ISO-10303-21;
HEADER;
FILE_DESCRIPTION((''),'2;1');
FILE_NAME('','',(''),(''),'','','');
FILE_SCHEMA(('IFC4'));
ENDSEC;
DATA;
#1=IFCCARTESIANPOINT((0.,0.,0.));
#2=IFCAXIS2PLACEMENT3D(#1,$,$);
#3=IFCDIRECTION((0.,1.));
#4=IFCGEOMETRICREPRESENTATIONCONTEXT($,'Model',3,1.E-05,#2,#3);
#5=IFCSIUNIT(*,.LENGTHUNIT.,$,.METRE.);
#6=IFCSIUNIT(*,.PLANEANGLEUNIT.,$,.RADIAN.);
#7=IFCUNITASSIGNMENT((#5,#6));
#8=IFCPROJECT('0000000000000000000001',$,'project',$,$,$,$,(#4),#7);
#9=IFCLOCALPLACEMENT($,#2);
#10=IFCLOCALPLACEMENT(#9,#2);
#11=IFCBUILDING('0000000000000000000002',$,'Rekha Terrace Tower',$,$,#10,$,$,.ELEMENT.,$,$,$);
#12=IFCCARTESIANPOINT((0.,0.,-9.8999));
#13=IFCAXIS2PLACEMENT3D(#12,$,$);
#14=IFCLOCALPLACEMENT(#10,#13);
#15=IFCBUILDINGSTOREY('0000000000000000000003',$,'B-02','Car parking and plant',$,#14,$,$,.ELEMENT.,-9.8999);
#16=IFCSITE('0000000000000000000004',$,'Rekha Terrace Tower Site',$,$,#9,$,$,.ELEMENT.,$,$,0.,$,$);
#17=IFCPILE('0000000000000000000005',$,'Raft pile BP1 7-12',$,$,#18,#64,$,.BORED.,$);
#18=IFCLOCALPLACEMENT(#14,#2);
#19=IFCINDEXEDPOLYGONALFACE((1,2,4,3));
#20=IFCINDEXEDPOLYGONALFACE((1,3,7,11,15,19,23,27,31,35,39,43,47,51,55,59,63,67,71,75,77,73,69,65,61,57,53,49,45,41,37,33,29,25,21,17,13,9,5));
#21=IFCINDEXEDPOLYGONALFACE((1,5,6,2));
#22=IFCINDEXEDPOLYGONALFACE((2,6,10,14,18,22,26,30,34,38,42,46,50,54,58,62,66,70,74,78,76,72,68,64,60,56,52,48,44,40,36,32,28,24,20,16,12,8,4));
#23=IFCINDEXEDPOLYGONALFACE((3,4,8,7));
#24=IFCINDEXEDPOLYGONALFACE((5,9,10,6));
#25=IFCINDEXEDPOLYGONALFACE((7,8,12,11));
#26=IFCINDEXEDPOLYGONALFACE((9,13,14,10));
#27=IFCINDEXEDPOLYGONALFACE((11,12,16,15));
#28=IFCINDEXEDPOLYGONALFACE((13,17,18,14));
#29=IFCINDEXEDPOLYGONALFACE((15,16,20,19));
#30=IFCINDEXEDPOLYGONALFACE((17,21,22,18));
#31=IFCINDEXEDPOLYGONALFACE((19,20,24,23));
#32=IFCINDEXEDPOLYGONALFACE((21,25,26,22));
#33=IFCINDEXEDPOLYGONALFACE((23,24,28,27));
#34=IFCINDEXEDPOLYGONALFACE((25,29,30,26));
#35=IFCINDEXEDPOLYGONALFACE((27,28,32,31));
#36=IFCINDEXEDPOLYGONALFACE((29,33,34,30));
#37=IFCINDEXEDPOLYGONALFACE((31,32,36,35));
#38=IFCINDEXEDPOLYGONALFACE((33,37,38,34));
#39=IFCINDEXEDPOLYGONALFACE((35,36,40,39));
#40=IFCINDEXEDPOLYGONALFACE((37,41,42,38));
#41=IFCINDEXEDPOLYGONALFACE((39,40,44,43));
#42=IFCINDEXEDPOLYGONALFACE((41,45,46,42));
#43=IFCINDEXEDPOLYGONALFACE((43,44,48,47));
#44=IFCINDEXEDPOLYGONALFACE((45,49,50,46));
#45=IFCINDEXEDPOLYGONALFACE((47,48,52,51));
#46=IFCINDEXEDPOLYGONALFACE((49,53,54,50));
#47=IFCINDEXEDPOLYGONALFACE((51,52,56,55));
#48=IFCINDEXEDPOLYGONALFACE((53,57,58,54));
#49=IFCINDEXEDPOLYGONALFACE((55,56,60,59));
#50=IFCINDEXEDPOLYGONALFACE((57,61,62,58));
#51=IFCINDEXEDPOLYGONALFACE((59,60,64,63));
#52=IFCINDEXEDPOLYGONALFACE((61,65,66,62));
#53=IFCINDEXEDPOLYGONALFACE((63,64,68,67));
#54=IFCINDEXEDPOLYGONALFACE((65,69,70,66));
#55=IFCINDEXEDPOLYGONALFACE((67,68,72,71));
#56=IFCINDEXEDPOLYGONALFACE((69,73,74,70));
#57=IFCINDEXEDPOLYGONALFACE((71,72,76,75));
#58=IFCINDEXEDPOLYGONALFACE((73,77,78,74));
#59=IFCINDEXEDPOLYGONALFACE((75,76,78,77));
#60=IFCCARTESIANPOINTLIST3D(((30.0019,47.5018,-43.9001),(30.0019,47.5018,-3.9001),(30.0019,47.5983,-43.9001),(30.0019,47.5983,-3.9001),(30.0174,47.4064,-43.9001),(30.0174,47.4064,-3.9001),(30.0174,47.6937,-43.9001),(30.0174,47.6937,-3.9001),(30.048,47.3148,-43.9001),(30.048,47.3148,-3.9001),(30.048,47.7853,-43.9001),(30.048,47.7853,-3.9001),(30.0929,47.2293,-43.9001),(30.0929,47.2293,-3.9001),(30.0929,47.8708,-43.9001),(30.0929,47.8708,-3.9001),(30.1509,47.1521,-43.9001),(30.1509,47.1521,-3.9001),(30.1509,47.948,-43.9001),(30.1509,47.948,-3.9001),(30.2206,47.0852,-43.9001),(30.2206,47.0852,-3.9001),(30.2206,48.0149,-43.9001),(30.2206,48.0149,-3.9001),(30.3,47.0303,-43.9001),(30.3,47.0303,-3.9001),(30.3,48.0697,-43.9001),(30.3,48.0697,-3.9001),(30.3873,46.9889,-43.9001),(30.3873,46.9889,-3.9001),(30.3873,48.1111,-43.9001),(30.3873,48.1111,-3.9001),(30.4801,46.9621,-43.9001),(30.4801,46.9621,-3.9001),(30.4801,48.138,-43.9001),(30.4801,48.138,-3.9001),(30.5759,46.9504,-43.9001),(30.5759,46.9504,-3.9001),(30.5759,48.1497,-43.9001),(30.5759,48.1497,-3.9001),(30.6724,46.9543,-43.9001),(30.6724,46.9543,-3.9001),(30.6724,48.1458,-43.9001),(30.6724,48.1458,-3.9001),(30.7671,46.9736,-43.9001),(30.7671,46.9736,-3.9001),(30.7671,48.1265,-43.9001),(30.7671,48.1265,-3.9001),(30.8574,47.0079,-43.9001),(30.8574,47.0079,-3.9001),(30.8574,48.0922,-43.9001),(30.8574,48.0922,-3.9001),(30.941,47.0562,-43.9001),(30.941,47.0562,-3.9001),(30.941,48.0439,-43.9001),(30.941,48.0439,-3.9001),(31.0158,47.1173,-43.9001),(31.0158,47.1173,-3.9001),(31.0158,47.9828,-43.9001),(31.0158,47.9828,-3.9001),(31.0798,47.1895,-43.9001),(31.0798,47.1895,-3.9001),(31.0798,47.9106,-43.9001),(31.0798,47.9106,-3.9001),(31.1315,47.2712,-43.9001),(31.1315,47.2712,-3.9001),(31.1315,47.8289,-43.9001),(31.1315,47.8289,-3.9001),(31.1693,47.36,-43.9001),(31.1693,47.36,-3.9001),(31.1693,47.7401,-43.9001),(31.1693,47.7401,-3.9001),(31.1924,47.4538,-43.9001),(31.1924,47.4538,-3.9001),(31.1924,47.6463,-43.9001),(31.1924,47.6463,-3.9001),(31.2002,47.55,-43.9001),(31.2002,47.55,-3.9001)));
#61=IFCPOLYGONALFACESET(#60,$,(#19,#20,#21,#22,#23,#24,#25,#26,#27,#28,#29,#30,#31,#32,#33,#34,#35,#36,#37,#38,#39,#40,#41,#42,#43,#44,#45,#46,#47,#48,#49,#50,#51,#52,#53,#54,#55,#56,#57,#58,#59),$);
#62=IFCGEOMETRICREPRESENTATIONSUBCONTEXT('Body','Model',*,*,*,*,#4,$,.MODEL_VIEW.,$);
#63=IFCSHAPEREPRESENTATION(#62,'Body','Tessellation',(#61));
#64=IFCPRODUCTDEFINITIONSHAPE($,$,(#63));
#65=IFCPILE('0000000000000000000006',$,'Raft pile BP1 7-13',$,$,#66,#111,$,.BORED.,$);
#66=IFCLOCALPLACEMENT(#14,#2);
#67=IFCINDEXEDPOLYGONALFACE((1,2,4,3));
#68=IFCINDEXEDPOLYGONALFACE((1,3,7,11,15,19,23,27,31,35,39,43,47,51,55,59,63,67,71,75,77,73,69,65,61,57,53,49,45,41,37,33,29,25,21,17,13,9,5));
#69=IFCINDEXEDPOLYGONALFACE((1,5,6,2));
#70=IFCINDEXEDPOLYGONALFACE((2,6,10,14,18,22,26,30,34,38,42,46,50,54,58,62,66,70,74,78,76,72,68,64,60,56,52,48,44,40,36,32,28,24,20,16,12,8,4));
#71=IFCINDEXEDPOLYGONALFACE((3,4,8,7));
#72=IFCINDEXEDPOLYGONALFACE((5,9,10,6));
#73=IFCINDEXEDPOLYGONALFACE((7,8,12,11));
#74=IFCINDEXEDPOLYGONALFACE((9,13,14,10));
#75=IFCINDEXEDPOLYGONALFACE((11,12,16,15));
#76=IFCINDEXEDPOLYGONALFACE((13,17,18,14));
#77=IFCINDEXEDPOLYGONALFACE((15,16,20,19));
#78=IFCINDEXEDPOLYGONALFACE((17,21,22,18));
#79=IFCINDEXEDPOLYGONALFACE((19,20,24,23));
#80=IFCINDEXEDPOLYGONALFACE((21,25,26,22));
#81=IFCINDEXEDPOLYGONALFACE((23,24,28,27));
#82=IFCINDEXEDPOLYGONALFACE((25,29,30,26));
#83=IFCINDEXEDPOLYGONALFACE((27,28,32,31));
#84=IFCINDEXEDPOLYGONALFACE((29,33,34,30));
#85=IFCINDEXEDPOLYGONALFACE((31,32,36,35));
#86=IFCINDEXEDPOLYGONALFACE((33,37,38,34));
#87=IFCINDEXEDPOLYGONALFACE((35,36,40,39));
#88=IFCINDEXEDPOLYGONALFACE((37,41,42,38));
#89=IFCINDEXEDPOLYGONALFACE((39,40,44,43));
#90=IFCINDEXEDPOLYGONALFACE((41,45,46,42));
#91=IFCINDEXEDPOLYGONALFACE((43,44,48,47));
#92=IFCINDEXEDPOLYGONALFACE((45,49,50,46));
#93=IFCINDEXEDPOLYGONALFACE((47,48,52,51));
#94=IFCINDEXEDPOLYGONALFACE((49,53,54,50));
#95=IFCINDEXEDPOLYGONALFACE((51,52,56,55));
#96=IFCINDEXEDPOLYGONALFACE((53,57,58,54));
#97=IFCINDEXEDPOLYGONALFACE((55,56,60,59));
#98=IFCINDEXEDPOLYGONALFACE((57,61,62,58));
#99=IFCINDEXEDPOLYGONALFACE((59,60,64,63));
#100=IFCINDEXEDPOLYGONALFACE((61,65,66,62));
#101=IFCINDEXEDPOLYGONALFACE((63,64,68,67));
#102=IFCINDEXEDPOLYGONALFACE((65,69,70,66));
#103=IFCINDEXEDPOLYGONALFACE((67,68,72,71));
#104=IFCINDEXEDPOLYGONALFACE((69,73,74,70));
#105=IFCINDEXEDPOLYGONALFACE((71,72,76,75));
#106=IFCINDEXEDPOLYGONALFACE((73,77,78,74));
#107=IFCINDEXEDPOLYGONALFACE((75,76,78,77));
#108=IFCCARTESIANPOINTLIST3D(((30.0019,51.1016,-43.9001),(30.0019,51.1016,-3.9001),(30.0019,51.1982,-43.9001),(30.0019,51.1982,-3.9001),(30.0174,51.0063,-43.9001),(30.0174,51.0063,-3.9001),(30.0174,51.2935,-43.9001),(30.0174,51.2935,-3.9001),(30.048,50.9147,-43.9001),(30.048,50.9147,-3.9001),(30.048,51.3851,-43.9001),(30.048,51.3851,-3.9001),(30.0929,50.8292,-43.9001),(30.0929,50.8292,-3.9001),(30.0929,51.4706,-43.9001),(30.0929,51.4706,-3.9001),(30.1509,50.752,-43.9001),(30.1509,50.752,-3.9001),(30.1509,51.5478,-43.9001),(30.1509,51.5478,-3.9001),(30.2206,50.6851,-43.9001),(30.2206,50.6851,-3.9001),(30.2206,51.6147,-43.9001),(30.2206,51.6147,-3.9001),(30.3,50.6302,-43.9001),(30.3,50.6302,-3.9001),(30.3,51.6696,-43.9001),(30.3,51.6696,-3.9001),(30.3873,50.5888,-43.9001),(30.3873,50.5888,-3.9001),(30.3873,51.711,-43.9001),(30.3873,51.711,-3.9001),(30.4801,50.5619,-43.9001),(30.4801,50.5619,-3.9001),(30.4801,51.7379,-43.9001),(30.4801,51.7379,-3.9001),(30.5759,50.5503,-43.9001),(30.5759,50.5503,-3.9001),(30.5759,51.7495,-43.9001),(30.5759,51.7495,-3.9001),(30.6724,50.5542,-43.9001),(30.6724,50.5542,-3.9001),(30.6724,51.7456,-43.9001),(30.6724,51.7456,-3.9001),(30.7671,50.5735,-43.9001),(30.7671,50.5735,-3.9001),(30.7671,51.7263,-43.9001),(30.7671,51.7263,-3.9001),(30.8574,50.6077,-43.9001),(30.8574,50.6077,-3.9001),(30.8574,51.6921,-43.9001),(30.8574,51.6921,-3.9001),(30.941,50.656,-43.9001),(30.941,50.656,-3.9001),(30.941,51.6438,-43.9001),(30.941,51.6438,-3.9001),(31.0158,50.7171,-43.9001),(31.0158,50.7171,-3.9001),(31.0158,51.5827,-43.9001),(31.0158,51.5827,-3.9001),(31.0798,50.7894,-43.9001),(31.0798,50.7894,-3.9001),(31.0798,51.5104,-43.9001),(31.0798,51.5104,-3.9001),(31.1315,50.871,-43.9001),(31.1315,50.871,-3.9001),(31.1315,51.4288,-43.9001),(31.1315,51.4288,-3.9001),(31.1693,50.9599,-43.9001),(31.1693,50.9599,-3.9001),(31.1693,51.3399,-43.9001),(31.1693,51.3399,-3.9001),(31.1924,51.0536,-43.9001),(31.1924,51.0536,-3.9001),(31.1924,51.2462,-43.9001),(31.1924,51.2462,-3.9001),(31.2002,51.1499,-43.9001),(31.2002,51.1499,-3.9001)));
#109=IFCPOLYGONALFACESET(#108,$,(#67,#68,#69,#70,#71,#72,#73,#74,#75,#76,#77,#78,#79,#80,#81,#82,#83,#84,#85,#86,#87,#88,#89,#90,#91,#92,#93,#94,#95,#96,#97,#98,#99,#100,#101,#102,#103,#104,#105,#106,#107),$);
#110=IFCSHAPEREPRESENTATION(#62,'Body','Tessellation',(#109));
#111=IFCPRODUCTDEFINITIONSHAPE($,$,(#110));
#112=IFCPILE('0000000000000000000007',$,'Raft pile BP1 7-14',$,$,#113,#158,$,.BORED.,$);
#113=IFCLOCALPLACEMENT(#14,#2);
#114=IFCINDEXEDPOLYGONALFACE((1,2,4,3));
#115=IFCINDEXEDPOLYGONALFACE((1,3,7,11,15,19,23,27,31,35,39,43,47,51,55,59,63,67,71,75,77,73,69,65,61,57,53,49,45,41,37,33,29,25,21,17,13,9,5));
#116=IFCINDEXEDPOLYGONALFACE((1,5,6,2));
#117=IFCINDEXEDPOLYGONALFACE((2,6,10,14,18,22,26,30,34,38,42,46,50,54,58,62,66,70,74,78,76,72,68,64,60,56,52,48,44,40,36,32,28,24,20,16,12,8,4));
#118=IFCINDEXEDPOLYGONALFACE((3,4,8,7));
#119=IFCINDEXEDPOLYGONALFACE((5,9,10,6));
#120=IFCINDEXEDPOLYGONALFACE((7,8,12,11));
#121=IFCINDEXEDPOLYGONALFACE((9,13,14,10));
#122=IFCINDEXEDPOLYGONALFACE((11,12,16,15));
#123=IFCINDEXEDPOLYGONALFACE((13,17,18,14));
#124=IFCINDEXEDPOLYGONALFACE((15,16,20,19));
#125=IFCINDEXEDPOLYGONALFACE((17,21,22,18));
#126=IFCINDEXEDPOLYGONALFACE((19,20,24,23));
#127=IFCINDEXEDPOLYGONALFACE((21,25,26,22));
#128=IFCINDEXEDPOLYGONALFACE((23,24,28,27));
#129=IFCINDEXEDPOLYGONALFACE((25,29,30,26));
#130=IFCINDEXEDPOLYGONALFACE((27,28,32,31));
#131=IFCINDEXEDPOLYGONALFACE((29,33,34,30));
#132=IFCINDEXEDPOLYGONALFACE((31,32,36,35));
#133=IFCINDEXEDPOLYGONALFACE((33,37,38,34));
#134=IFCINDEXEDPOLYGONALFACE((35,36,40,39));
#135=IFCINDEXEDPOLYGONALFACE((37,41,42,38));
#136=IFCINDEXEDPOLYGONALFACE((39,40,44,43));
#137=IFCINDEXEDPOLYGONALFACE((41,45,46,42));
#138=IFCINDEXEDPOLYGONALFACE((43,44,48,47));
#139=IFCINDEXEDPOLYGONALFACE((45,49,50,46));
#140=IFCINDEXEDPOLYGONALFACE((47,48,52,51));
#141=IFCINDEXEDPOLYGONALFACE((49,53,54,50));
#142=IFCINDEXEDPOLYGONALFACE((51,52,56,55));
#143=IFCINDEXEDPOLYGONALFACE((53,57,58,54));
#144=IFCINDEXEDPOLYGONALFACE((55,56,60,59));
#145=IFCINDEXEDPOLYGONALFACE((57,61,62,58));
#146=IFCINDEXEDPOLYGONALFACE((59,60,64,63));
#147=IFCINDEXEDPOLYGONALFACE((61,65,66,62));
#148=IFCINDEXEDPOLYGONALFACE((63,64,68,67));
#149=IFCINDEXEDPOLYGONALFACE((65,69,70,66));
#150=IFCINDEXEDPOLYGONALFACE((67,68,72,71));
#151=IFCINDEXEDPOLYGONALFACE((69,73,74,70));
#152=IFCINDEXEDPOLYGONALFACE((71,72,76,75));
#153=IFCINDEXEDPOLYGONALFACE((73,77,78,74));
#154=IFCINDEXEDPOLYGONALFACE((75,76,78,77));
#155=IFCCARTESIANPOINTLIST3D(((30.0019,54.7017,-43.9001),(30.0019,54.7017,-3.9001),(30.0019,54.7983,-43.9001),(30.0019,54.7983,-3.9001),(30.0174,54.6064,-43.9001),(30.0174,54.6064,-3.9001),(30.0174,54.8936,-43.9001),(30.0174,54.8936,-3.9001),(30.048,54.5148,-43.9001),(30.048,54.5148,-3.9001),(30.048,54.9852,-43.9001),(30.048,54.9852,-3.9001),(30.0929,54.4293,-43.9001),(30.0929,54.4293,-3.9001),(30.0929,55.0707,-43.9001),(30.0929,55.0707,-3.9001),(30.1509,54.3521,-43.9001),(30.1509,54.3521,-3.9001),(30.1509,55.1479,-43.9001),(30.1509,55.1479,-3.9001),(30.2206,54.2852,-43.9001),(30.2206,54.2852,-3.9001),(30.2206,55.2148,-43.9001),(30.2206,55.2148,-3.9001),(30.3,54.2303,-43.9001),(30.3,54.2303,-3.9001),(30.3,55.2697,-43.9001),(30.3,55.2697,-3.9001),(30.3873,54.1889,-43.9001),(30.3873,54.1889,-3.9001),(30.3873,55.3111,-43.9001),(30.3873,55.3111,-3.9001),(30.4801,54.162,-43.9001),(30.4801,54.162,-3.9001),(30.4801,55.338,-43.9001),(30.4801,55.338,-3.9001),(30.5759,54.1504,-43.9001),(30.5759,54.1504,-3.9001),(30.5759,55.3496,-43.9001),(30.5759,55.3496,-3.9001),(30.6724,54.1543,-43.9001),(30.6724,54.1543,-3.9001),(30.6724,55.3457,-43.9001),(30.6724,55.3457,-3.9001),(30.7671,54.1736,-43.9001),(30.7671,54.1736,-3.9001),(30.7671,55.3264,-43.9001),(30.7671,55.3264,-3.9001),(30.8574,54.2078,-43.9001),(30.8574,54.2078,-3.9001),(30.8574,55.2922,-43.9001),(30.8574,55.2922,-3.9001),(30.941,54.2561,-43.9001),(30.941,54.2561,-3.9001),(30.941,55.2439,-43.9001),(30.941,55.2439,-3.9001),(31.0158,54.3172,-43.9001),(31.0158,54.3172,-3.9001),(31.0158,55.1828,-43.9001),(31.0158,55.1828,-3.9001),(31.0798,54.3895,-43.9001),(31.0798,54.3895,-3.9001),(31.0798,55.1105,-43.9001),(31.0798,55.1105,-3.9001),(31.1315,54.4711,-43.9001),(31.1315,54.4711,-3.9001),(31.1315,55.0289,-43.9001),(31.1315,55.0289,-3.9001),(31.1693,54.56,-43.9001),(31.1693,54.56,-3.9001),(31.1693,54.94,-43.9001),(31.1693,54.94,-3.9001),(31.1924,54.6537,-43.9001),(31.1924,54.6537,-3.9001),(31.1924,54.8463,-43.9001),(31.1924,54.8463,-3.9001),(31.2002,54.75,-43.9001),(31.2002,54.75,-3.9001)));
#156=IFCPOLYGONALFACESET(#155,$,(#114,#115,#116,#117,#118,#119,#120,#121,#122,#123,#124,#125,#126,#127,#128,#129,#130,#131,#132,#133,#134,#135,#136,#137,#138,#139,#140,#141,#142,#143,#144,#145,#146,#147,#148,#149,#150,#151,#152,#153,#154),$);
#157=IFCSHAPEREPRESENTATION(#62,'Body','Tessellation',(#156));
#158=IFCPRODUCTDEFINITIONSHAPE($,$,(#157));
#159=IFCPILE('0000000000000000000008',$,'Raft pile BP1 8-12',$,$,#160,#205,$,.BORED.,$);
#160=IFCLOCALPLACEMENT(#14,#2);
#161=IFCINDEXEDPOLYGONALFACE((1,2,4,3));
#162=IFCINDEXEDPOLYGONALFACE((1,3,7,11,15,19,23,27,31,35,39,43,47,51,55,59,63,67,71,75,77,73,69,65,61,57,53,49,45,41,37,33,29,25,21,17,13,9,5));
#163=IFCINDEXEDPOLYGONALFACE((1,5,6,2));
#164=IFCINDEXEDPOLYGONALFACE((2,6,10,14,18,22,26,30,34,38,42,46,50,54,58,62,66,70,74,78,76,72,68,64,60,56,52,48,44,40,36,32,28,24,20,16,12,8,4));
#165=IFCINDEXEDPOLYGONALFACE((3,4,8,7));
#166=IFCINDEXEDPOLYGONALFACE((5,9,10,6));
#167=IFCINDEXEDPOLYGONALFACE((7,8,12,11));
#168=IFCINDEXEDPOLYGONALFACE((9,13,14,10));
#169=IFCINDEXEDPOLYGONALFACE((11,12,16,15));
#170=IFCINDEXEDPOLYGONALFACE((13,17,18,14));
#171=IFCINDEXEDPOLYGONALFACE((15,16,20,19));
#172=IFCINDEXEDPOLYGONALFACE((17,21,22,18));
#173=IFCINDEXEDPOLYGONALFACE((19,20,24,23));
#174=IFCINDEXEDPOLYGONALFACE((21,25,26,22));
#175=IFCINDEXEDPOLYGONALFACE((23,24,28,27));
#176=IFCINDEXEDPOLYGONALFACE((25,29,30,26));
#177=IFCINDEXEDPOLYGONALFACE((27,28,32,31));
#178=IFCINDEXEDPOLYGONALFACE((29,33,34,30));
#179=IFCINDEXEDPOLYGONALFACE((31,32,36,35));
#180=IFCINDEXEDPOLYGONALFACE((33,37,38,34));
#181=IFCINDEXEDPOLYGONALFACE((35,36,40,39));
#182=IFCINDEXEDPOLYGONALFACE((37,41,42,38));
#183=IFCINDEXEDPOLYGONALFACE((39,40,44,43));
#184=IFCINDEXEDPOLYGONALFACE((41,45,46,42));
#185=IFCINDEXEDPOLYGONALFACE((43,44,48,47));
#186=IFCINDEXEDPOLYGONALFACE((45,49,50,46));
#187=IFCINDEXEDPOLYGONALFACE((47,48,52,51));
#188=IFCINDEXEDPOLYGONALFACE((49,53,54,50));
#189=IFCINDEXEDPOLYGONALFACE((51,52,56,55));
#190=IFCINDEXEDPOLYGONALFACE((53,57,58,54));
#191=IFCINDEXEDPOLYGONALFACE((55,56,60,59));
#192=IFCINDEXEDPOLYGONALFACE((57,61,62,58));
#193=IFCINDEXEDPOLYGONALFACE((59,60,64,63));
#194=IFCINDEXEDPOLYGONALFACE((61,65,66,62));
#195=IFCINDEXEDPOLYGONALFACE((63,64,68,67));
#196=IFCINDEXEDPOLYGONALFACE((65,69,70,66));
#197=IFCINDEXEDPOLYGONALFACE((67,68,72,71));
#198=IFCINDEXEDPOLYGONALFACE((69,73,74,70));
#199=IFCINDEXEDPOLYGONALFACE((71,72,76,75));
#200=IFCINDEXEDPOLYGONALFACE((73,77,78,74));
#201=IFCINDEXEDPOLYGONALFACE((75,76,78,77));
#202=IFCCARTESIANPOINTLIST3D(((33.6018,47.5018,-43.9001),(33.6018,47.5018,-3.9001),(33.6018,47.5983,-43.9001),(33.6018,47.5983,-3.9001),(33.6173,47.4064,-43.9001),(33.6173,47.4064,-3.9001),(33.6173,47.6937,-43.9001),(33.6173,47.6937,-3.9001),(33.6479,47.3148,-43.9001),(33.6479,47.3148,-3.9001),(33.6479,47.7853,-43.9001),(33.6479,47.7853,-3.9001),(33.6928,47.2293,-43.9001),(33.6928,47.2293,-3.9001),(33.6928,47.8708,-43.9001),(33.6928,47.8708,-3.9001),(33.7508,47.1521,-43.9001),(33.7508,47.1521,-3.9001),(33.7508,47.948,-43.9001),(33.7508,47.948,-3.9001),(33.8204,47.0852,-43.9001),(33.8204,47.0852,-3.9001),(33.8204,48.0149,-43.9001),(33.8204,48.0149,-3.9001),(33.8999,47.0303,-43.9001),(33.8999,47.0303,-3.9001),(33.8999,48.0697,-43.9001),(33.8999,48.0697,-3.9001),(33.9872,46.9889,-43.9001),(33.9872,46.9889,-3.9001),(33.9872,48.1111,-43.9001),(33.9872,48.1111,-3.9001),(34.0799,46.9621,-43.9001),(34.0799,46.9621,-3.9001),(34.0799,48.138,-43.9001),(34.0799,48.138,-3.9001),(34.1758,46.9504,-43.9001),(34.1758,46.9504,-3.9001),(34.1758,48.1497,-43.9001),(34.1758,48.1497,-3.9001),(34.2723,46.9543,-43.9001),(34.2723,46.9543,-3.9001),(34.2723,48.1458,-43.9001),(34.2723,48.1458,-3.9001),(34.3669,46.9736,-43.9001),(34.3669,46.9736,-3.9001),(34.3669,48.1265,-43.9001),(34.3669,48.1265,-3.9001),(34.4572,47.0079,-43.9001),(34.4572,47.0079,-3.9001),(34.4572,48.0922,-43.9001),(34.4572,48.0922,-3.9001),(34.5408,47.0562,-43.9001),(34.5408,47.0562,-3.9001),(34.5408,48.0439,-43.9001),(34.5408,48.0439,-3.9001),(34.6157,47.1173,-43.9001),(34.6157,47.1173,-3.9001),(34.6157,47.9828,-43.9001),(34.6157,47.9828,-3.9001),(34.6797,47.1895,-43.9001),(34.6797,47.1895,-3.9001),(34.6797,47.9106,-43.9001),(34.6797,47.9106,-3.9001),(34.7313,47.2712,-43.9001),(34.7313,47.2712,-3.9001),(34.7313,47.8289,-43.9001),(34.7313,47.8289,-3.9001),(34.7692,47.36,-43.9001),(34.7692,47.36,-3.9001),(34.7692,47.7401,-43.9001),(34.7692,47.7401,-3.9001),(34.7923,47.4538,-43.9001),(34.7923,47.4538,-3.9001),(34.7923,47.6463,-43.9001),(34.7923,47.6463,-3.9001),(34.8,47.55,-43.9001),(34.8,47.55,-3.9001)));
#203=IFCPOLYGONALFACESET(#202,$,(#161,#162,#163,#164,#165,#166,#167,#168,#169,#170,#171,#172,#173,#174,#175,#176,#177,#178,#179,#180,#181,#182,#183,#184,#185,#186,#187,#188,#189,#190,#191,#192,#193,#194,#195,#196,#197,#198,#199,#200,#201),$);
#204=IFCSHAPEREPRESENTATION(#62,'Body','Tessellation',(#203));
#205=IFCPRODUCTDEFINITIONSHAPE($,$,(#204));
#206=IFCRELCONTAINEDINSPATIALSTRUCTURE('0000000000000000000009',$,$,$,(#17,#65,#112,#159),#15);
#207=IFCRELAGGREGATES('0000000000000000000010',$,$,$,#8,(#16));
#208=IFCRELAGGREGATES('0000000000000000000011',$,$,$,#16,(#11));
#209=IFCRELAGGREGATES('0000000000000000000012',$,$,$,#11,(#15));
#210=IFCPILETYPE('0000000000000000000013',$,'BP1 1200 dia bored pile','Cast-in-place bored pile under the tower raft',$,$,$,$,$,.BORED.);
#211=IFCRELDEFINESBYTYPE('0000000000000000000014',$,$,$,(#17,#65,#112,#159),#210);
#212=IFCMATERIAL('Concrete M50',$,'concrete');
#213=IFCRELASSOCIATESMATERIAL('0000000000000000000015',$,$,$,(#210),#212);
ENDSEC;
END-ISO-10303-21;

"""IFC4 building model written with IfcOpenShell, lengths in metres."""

from ifc_helpers import new_model, si_unit, direction, frame, origin, origin_2d, place, context, subcontext, project, spatial, circle, extrude, material, type_object, element, save


model = new_model("IFC4")

# Units and contexts
model_context = context("Model", 3, precision=1e-05, world=origin(), true_north=direction((0.0, 1.0)))
body_context = subcontext(model_context, "Body", "Model", "MODEL_VIEW")
ifc_project = project(units=[si_unit("LENGTHUNIT", "METRE"), si_unit("PLANEANGLEUNIT", "RADIAN")], contexts=[model_context])

# Site, building, storey
site_placement = place(None, origin())
site = spatial("IfcSite", under=ifc_project, at=site_placement, Name="Rekha Terrace Tower Site", CompositionType="ELEMENT", RefElevation=0.0)
building_placement = place(site_placement, origin())
building = spatial("IfcBuilding", under=site, at=building_placement, Name="Rekha Terrace Tower", CompositionType="ELEMENT")
storey_placement = place(building_placement, frame((0.0, 0.0, -9.8999)))
storey = spatial("IfcBuildingStorey", under=building, at=storey_placement, Name="B-02", Description="Car parking and plant", CompositionType="ELEMENT", Elevation=-9.8999)

# Piles
ifc_material_1 = material(Name="Concrete M50", Category="concrete")
pile_type = type_object("IfcPileType", Name="BP1 1200 dia bored pile", Description="Cast-in-place bored pile under the tower raft", PredefinedType="BORED", material=ifc_material_1)
for number, where, z_axis, x_axis, name in (
    (1, (30.6001, 47.55, -3.9001), (0.0, 0.0, -1.0), (1.0, 0.0, 0.0), "Raft pile BP1 7-12"),
    (2, (30.6001, 51.1499, -3.9001), (0.0, 0.0, -1.0), (1.0, 0.0, 0.0), "Raft pile BP1 7-13"),
    (3, (30.6001, 54.75, -3.9001), (0.0, 0.0, -1.0), (1.0, 0.0, 0.0), "Raft pile BP1 7-14"),
    (4, (34.2, 47.55, -3.9001), (0.0, 0.0, -1.0), (1.0, 0.0, 0.0), "Raft pile BP1 8-12"),
):
    element("IfcPile", number, at=place(storey_placement, frame(where, z_axis=z_axis, x_axis=x_axis)), inside=storey, type_object=pile_type, Name=name, PredefinedType="BORED", context=body_context, shape_type="SweptSolid", body=[
        extrude(circle(Radius=0.6001, at=origin_2d()), origin(), (0.0, 0.0, 1.0), 40.0),
    ])

save(model, "model.ifc")
